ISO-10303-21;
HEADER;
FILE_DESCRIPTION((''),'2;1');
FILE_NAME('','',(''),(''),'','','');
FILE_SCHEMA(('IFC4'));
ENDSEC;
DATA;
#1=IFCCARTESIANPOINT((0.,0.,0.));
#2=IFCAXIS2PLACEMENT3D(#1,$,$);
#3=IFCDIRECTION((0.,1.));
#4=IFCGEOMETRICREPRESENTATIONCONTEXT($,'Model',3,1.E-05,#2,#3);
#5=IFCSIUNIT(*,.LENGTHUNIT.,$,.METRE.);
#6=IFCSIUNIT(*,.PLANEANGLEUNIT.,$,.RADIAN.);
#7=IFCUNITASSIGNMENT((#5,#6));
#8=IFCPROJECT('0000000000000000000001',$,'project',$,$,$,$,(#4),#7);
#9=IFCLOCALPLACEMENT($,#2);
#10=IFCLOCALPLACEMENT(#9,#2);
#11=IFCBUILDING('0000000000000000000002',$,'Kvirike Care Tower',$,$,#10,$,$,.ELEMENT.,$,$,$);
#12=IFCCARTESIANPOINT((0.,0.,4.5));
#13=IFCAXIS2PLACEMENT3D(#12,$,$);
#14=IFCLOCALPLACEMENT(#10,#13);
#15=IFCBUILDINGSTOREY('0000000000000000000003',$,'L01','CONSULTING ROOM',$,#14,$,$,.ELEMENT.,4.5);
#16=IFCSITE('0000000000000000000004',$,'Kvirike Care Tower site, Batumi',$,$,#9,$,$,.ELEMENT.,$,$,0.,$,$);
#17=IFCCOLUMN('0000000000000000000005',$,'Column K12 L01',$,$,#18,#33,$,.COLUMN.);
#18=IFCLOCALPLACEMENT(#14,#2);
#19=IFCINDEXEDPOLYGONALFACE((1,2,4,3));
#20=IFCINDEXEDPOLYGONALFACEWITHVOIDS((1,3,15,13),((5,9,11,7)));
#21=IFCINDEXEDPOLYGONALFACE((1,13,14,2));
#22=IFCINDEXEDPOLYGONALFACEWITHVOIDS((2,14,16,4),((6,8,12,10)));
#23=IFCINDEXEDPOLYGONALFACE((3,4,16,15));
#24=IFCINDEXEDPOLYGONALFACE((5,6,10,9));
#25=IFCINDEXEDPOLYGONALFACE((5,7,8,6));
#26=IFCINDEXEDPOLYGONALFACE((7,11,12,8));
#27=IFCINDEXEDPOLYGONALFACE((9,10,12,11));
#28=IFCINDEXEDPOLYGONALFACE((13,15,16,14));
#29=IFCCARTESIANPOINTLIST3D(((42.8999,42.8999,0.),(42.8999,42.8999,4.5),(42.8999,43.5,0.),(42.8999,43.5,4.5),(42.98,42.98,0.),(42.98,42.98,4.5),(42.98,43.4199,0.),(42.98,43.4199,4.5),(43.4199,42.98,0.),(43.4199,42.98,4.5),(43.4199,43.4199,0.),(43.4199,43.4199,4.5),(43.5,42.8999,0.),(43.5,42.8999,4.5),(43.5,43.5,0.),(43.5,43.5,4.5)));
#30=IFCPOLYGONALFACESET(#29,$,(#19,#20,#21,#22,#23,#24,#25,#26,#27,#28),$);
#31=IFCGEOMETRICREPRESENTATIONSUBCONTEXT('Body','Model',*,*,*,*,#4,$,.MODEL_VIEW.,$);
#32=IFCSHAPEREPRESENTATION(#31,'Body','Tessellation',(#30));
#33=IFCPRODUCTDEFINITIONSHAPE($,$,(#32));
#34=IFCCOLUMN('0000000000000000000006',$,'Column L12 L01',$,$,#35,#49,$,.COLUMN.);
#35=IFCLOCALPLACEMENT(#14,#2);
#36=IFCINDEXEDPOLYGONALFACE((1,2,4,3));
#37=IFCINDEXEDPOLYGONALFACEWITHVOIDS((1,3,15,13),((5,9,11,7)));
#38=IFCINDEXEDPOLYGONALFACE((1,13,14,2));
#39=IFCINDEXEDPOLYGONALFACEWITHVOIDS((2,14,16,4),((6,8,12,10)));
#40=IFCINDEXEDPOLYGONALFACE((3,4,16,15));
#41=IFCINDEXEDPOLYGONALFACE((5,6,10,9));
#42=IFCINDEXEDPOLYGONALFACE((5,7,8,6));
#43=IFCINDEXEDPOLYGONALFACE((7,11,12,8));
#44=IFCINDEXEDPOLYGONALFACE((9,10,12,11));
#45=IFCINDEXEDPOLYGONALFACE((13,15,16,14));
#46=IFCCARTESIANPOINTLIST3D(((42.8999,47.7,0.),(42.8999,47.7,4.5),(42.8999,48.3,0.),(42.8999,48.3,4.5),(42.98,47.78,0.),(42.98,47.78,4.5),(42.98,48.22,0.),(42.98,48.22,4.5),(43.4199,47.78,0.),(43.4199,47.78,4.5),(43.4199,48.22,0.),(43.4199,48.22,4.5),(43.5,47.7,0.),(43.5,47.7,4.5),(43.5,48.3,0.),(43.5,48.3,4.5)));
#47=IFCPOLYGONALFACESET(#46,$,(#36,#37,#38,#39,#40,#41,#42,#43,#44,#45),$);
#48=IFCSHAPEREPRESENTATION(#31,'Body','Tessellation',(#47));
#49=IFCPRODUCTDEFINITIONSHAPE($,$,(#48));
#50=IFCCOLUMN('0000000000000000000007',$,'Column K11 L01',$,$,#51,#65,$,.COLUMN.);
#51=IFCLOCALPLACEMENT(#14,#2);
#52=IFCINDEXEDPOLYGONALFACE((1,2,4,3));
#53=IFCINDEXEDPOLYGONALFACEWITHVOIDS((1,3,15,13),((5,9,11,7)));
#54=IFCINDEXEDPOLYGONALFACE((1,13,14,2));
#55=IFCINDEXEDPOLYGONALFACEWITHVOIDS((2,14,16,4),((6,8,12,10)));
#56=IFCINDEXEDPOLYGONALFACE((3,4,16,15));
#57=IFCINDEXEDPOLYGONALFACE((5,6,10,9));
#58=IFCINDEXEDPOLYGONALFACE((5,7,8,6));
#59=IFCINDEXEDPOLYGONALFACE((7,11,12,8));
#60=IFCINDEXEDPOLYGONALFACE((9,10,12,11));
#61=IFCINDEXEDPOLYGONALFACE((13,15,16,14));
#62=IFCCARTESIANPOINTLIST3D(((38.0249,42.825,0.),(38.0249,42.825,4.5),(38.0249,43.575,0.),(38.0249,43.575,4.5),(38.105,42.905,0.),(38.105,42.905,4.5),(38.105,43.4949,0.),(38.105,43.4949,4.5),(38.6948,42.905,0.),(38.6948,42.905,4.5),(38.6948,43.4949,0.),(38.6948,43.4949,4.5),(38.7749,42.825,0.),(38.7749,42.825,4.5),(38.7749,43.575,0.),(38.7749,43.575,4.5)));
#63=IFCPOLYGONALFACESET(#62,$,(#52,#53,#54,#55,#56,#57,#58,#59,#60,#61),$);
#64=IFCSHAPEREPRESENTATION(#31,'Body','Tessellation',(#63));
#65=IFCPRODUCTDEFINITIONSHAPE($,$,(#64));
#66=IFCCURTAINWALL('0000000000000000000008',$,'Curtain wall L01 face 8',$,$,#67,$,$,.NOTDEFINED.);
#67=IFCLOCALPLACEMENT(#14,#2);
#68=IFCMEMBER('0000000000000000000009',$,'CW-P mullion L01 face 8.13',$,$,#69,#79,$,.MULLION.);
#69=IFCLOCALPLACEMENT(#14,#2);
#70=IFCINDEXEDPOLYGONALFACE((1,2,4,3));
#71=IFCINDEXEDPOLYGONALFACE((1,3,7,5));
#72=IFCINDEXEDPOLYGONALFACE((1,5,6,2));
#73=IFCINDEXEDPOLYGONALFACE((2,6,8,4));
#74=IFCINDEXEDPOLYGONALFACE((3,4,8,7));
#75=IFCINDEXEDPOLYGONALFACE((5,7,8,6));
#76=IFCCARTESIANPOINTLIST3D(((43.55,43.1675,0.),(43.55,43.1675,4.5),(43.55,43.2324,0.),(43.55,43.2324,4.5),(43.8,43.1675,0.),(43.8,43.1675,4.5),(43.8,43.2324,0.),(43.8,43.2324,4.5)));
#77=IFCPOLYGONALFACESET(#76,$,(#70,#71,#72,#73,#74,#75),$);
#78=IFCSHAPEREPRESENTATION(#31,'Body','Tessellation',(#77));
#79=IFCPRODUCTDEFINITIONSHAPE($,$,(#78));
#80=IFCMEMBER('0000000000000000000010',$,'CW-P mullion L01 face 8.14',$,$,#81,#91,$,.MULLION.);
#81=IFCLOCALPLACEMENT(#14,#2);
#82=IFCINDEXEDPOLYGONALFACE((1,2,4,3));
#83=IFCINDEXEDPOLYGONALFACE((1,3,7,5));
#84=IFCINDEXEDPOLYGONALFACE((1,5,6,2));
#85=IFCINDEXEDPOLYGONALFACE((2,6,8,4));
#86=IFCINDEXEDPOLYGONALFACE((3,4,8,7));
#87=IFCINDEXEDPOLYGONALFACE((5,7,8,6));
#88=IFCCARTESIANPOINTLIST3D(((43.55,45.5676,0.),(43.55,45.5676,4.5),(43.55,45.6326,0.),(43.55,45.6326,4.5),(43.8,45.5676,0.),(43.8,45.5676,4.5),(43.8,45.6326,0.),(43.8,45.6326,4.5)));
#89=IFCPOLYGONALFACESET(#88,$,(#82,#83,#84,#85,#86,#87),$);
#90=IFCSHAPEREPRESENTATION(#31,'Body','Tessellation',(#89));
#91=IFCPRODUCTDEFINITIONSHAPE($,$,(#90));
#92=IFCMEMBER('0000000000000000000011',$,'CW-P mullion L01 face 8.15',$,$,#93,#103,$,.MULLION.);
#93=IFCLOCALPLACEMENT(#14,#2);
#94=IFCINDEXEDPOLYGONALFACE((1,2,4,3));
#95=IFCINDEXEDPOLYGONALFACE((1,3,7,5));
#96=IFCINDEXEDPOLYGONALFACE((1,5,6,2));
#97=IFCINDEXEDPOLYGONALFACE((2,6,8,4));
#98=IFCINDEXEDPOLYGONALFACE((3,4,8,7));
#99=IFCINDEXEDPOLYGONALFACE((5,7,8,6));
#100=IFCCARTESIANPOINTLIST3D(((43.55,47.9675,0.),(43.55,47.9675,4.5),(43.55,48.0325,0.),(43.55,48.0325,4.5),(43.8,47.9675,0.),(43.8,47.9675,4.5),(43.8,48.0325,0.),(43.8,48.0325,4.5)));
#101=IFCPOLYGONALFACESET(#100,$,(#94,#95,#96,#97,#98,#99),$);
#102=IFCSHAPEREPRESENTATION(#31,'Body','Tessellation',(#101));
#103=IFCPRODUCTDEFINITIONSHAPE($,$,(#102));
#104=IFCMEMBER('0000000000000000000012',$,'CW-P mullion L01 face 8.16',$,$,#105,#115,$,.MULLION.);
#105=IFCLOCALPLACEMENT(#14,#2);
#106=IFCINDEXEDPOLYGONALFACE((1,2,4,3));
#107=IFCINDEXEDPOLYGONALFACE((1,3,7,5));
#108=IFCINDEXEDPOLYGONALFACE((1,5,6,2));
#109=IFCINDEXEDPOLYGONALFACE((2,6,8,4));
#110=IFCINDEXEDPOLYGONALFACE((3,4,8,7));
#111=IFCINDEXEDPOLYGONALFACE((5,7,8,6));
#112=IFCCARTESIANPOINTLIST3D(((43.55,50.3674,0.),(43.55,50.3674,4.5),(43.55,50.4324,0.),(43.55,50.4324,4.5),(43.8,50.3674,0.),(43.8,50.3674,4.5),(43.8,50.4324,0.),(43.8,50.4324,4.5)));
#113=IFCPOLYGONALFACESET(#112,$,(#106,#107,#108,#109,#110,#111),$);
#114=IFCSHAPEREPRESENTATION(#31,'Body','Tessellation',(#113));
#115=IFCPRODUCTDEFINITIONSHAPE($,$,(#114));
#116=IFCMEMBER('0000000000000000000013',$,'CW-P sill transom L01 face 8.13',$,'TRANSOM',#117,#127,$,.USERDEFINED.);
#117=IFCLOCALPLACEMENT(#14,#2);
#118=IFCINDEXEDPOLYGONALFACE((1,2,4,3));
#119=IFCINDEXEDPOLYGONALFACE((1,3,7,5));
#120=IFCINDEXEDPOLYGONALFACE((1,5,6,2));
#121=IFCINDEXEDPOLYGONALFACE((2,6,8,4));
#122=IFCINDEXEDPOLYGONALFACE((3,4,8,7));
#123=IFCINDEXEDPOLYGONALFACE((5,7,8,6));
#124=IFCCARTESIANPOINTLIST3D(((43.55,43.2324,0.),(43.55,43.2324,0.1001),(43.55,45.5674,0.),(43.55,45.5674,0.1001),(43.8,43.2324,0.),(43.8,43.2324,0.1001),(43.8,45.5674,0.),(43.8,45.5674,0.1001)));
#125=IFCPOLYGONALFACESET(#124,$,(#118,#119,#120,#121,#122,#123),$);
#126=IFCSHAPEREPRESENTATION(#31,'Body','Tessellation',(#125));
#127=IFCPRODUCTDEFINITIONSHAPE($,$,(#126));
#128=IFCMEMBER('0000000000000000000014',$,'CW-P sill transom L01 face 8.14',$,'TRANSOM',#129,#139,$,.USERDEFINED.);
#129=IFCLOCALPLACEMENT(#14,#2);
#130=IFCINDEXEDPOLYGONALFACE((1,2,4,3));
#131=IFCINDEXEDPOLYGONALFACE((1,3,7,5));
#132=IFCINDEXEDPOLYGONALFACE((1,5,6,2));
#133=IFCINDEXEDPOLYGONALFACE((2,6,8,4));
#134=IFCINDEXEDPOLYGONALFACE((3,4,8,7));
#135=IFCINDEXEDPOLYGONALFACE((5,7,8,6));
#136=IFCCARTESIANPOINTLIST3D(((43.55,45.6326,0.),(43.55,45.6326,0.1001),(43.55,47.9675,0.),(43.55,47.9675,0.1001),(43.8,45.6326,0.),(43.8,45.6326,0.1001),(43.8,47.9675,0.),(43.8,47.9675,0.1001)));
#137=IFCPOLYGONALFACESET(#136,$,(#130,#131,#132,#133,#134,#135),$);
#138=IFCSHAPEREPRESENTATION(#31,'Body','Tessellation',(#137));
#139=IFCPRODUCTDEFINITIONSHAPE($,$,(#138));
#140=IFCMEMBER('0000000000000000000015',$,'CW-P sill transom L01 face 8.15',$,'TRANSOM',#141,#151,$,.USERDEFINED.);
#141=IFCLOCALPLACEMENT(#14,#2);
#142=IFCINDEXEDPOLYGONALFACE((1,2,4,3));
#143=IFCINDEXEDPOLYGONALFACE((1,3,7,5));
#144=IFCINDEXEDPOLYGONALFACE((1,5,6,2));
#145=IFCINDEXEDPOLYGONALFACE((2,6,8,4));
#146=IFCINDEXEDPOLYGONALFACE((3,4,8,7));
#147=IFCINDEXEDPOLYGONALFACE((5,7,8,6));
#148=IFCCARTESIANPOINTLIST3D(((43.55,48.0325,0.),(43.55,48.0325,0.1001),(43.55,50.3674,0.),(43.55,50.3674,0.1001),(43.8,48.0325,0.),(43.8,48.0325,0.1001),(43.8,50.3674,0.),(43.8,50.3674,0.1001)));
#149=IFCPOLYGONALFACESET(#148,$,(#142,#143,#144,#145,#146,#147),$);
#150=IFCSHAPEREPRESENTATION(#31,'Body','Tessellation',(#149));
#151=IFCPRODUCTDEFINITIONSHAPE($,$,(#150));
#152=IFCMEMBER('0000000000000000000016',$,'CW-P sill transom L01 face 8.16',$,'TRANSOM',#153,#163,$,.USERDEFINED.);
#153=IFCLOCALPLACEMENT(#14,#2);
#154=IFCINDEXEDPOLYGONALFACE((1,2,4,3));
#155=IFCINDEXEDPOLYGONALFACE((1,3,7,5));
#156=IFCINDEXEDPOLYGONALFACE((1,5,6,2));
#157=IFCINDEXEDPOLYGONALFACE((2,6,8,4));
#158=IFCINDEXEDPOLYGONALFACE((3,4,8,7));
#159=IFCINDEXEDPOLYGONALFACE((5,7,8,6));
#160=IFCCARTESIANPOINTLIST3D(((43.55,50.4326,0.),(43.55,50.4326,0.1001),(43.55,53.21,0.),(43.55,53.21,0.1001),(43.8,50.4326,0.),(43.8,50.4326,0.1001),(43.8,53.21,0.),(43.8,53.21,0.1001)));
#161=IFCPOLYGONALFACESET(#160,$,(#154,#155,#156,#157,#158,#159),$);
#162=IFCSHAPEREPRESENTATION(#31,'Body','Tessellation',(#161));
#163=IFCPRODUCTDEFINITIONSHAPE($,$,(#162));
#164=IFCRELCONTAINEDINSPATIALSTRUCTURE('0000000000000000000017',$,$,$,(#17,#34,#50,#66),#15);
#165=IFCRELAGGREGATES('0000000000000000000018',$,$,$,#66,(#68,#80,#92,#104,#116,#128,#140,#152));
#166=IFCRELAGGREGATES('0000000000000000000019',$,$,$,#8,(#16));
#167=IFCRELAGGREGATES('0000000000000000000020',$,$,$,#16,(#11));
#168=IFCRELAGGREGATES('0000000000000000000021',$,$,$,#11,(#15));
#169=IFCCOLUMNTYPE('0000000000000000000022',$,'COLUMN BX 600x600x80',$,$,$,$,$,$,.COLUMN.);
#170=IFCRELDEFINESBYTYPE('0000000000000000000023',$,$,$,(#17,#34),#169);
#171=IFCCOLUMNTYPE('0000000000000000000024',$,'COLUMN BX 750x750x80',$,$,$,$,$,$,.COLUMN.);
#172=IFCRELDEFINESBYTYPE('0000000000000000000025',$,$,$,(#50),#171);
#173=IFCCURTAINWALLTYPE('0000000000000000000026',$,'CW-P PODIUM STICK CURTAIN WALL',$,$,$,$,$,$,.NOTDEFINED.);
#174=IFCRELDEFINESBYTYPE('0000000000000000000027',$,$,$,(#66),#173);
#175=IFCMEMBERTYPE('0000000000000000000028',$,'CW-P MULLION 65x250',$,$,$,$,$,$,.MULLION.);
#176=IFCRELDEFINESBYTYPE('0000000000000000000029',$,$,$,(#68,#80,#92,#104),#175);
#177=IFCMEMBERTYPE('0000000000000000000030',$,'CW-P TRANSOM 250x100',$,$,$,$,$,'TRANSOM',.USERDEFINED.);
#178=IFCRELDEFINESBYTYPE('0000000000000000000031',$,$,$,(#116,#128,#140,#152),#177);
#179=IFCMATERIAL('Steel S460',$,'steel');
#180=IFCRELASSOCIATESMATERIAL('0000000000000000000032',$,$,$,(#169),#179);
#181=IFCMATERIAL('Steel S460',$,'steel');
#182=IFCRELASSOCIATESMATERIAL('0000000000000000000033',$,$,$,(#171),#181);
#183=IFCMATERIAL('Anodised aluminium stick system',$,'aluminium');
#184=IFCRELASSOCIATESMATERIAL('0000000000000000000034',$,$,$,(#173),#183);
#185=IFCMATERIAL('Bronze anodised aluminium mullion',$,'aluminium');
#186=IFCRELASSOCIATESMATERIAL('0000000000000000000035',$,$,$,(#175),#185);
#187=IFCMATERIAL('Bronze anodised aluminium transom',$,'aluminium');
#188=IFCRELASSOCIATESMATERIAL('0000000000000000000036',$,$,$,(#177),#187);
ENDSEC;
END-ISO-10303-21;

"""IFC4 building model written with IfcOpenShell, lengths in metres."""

from ifc_helpers import new_model, si_unit, direction, frame, origin, origin_2d, place, context, subcontext, project, spatial, rectangle, hollow_rectangle, extrude, material, material_profile, profile_set, type_object, element, aggregate, save


model = new_model("IFC4")

# Units and contexts
model_context = context("Model", 3, precision=1e-05, world=origin(), true_north=direction((0.0, 1.0)))
body_context = subcontext(model_context, "Body", "Model", "MODEL_VIEW")
ifc_project = project(units=[si_unit("LENGTHUNIT", "METRE"), si_unit("PLANEANGLEUNIT", "RADIAN")], contexts=[model_context])

# Site, building, storey
site_placement = place(None, origin())
site = spatial("IfcSite", under=ifc_project, at=site_placement, Name="Kvirike Care Tower site, Batumi", CompositionType="ELEMENT", RefElevation=0.0)
building_placement = place(site_placement, origin())
building = spatial("IfcBuilding", under=site, at=building_placement, Name="Kvirike Care Tower", CompositionType="ELEMENT")
storey_placement = place(building_placement, frame((0.0, 0.0, 4.5)))
storey = spatial("IfcBuildingStorey", under=building, at=storey_placement, Name="L01", Description="CONSULTING ROOM", CompositionType="ELEMENT", Elevation=4.5)

# Columns
ifc_material_1 = material(Name="Steel S460", Category="steel")
ifc_material_profile_1 = material_profile(ifc_material_1, hollow_rectangle(XDim=0.6001, YDim=0.6001, WallThickness=0.0801, at=origin_2d()), Name="BX 600x600x80")
ifc_profile_set_1 = profile_set([ifc_material_profile_1], Name="Steel S460")
column_type_1 = type_object("IfcColumnType", Name="COLUMN BX 600x600x80", PredefinedType="COLUMN", material=ifc_profile_set_1)
for number, where, z_axis, x_axis, name in (
    (1, (43.2, 43.2, 0.0), (0.0, 0.0, 1.0), (0.0, 1.0, 0.0), "Column K12 L01"),
    (2, (43.2, 48.0, 0.0), (0.0, 0.0, 1.0), (1.0, 0.0, 0.0), "Column L12 L01"),
):
    element("IfcColumn", number, at=place(storey_placement, frame(where, z_axis=z_axis, x_axis=x_axis)), inside=storey, type_object=column_type_1, Name=name, PredefinedType="COLUMN", context=body_context, shape_type="SweptSolid", body=[
        extrude(hollow_rectangle(XDim=0.6001, YDim=0.6001, WallThickness=0.0801, at=origin_2d()), origin(), (0.0, 0.0, 1.0), 4.5),
    ])
ifc_material_2 = material(Name="Steel S460", Category="steel")
ifc_material_profile_2 = material_profile(ifc_material_2, hollow_rectangle(XDim=0.75, YDim=0.75, WallThickness=0.0801, at=origin_2d()), Name="BX 750x750x80")
ifc_profile_set_2 = profile_set([ifc_material_profile_2], Name="Steel S460")
column_type_2 = type_object("IfcColumnType", Name="COLUMN BX 750x750x80", PredefinedType="COLUMN", material=ifc_profile_set_2)
column_placement = place(storey_placement, frame((38.3999, 43.2, 0.0), z_axis=(0.0, 0.0, 1.0), x_axis=(0.0, 1.0, 0.0)))
element("IfcColumn", 3, at=column_placement, inside=storey, type_object=column_type_2, Name="Column K11 L01", PredefinedType="COLUMN", context=body_context, shape_type="SweptSolid", body=[
    extrude(hollow_rectangle(XDim=0.75, YDim=0.75, WallThickness=0.0801, at=origin_2d()), origin(), (0.0, 0.0, 1.0), 4.5),
])

# Curtain wall, members
ifc_material_3 = material(Name="Anodised aluminium stick system", Category="aluminium")
curtain_wall_type = type_object("IfcCurtainWallType", Name="CW-P PODIUM STICK CURTAIN WALL", PredefinedType="NOTDEFINED", material=ifc_material_3)
curtain_wall_placement = place(storey_placement, origin())
curtain_wall = element("IfcCurtainWall", 4, at=curtain_wall_placement, inside=storey, type_object=curtain_wall_type, Name="Curtain wall L01 face 8", PredefinedType="NOTDEFINED")
ifc_material_4 = material(Name="Bronze anodised aluminium mullion", Category="aluminium")
ifc_material_profile_3 = material_profile(ifc_material_4, rectangle(XDim=0.0649, YDim=0.25, at=origin_2d()), Name="CW-P MULLION 65x250")
ifc_profile_set_3 = profile_set([ifc_material_profile_3], Name="Bronze anodised aluminium mullion")
member_type_1 = type_object("IfcMemberType", Name="CW-P MULLION 65x250", PredefinedType="MULLION", material=ifc_profile_set_3)
member_1_placement = place(storey_placement, frame((43.675, 43.2, 0.0), z_axis=(0.0, 0.0, 1.0), x_axis=(0.0, 1.0, 0.0)))
member_1 = element("IfcMember", 5, at=member_1_placement, type_object=member_type_1, Name="CW-P mullion L01 face 8.13", PredefinedType="MULLION", context=body_context, shape_type="SweptSolid", body=[
    extrude(rectangle(XDim=0.0649, YDim=0.25, at=origin_2d()), origin(), (0.0, 0.0, 1.0), 4.5),
])
member_2_placement = place(storey_placement, frame((43.675, 45.6001, 0.0), z_axis=(0.0, 0.0, 1.0), x_axis=(0.0, 1.0, 0.0)))
member_2 = element("IfcMember", 6, at=member_2_placement, type_object=member_type_1, Name="CW-P mullion L01 face 8.14", PredefinedType="MULLION", context=body_context, shape_type="SweptSolid", body=[
    extrude(rectangle(XDim=0.0649, YDim=0.25, at=origin_2d()), origin(), (0.0, 0.0, 1.0), 4.5),
])
member_3_placement = place(storey_placement, frame((43.675, 48.0, 0.0), z_axis=(0.0, 0.0, 1.0), x_axis=(0.0, 1.0, 0.0)))
member_3 = element("IfcMember", 7, at=member_3_placement, type_object=member_type_1, Name="CW-P mullion L01 face 8.15", PredefinedType="MULLION", context=body_context, shape_type="SweptSolid", body=[
    extrude(rectangle(XDim=0.0649, YDim=0.25, at=origin_2d()), origin(), (0.0, 0.0, 1.0), 4.5),
])
member_4_placement = place(storey_placement, frame((43.675, 50.3999, 0.0), z_axis=(0.0, 0.0, 1.0), x_axis=(0.0, 1.0, 0.0)))
member_4 = element("IfcMember", 8, at=member_4_placement, type_object=member_type_1, Name="CW-P mullion L01 face 8.16", PredefinedType="MULLION", context=body_context, shape_type="SweptSolid", body=[
    extrude(rectangle(XDim=0.0649, YDim=0.25, at=origin_2d()), origin(), (0.0, 0.0, 1.0), 4.5),
])
ifc_material_5 = material(Name="Bronze anodised aluminium transom", Category="aluminium")
ifc_material_profile_4 = material_profile(ifc_material_5, rectangle(XDim=0.25, YDim=0.1001, at=origin_2d()), Name="CW-P TRANSOM 250x100")
ifc_profile_set_4 = profile_set([ifc_material_profile_4], Name="Bronze anodised aluminium transom")
member_type_2 = type_object("IfcMemberType", Name="CW-P TRANSOM 250x100", ElementType="TRANSOM", PredefinedType="USERDEFINED", material=ifc_profile_set_4)
member_5_placement = place(storey_placement, frame((43.675, 43.2324, 0.05), z_axis=(0.0, 1.0, 0.0), x_axis=(-1.0, 0.0, 0.0)))
member_5 = element("IfcMember", 9, at=member_5_placement, type_object=member_type_2, Name="CW-P sill transom L01 face 8.13", ObjectType="TRANSOM", PredefinedType="USERDEFINED", context=body_context, shape_type="SweptSolid", body=[
    extrude(rectangle(XDim=0.25, YDim=0.1001, at=origin_2d()), origin(), (0.0, 0.0, 1.0), 2.335),
])
member_6_placement = place(storey_placement, frame((43.675, 45.6326, 0.05), z_axis=(0.0, 1.0, 0.0), x_axis=(-1.0, 0.0, 0.0)))
member_6 = element("IfcMember", 10, at=member_6_placement, type_object=member_type_2, Name="CW-P sill transom L01 face 8.14", ObjectType="TRANSOM", PredefinedType="USERDEFINED", context=body_context, shape_type="SweptSolid", body=[
    extrude(rectangle(XDim=0.25, YDim=0.1001, at=origin_2d()), origin(), (0.0, 0.0, 1.0), 2.335),
])
member_7_placement = place(storey_placement, frame((43.675, 48.0325, 0.05), z_axis=(0.0, 1.0, 0.0), x_axis=(-1.0, 0.0, 0.0)))
member_7 = element("IfcMember", 11, at=member_7_placement, type_object=member_type_2, Name="CW-P sill transom L01 face 8.15", ObjectType="TRANSOM", PredefinedType="USERDEFINED", context=body_context, shape_type="SweptSolid", body=[
    extrude(rectangle(XDim=0.25, YDim=0.1001, at=origin_2d()), origin(), (0.0, 0.0, 1.0), 2.335),
])
member_8_placement = place(storey_placement, frame((43.675, 50.4326, 0.05), z_axis=(0.0, 1.0, 0.0), x_axis=(-1.0, 0.0, 0.0)))
member_8 = element("IfcMember", 12, at=member_8_placement, type_object=member_type_2, Name="CW-P sill transom L01 face 8.16", ObjectType="TRANSOM", PredefinedType="USERDEFINED", context=body_context, shape_type="SweptSolid", body=[
    extrude(rectangle(XDim=0.25, YDim=0.1001, at=origin_2d()), origin(), (0.0, 0.0, 1.0), 2.7773),
])

aggregate(curtain_wall, [member_1, member_2, member_3, member_4, member_5, member_6, member_7, member_8])

save(model, "model.ifc")
